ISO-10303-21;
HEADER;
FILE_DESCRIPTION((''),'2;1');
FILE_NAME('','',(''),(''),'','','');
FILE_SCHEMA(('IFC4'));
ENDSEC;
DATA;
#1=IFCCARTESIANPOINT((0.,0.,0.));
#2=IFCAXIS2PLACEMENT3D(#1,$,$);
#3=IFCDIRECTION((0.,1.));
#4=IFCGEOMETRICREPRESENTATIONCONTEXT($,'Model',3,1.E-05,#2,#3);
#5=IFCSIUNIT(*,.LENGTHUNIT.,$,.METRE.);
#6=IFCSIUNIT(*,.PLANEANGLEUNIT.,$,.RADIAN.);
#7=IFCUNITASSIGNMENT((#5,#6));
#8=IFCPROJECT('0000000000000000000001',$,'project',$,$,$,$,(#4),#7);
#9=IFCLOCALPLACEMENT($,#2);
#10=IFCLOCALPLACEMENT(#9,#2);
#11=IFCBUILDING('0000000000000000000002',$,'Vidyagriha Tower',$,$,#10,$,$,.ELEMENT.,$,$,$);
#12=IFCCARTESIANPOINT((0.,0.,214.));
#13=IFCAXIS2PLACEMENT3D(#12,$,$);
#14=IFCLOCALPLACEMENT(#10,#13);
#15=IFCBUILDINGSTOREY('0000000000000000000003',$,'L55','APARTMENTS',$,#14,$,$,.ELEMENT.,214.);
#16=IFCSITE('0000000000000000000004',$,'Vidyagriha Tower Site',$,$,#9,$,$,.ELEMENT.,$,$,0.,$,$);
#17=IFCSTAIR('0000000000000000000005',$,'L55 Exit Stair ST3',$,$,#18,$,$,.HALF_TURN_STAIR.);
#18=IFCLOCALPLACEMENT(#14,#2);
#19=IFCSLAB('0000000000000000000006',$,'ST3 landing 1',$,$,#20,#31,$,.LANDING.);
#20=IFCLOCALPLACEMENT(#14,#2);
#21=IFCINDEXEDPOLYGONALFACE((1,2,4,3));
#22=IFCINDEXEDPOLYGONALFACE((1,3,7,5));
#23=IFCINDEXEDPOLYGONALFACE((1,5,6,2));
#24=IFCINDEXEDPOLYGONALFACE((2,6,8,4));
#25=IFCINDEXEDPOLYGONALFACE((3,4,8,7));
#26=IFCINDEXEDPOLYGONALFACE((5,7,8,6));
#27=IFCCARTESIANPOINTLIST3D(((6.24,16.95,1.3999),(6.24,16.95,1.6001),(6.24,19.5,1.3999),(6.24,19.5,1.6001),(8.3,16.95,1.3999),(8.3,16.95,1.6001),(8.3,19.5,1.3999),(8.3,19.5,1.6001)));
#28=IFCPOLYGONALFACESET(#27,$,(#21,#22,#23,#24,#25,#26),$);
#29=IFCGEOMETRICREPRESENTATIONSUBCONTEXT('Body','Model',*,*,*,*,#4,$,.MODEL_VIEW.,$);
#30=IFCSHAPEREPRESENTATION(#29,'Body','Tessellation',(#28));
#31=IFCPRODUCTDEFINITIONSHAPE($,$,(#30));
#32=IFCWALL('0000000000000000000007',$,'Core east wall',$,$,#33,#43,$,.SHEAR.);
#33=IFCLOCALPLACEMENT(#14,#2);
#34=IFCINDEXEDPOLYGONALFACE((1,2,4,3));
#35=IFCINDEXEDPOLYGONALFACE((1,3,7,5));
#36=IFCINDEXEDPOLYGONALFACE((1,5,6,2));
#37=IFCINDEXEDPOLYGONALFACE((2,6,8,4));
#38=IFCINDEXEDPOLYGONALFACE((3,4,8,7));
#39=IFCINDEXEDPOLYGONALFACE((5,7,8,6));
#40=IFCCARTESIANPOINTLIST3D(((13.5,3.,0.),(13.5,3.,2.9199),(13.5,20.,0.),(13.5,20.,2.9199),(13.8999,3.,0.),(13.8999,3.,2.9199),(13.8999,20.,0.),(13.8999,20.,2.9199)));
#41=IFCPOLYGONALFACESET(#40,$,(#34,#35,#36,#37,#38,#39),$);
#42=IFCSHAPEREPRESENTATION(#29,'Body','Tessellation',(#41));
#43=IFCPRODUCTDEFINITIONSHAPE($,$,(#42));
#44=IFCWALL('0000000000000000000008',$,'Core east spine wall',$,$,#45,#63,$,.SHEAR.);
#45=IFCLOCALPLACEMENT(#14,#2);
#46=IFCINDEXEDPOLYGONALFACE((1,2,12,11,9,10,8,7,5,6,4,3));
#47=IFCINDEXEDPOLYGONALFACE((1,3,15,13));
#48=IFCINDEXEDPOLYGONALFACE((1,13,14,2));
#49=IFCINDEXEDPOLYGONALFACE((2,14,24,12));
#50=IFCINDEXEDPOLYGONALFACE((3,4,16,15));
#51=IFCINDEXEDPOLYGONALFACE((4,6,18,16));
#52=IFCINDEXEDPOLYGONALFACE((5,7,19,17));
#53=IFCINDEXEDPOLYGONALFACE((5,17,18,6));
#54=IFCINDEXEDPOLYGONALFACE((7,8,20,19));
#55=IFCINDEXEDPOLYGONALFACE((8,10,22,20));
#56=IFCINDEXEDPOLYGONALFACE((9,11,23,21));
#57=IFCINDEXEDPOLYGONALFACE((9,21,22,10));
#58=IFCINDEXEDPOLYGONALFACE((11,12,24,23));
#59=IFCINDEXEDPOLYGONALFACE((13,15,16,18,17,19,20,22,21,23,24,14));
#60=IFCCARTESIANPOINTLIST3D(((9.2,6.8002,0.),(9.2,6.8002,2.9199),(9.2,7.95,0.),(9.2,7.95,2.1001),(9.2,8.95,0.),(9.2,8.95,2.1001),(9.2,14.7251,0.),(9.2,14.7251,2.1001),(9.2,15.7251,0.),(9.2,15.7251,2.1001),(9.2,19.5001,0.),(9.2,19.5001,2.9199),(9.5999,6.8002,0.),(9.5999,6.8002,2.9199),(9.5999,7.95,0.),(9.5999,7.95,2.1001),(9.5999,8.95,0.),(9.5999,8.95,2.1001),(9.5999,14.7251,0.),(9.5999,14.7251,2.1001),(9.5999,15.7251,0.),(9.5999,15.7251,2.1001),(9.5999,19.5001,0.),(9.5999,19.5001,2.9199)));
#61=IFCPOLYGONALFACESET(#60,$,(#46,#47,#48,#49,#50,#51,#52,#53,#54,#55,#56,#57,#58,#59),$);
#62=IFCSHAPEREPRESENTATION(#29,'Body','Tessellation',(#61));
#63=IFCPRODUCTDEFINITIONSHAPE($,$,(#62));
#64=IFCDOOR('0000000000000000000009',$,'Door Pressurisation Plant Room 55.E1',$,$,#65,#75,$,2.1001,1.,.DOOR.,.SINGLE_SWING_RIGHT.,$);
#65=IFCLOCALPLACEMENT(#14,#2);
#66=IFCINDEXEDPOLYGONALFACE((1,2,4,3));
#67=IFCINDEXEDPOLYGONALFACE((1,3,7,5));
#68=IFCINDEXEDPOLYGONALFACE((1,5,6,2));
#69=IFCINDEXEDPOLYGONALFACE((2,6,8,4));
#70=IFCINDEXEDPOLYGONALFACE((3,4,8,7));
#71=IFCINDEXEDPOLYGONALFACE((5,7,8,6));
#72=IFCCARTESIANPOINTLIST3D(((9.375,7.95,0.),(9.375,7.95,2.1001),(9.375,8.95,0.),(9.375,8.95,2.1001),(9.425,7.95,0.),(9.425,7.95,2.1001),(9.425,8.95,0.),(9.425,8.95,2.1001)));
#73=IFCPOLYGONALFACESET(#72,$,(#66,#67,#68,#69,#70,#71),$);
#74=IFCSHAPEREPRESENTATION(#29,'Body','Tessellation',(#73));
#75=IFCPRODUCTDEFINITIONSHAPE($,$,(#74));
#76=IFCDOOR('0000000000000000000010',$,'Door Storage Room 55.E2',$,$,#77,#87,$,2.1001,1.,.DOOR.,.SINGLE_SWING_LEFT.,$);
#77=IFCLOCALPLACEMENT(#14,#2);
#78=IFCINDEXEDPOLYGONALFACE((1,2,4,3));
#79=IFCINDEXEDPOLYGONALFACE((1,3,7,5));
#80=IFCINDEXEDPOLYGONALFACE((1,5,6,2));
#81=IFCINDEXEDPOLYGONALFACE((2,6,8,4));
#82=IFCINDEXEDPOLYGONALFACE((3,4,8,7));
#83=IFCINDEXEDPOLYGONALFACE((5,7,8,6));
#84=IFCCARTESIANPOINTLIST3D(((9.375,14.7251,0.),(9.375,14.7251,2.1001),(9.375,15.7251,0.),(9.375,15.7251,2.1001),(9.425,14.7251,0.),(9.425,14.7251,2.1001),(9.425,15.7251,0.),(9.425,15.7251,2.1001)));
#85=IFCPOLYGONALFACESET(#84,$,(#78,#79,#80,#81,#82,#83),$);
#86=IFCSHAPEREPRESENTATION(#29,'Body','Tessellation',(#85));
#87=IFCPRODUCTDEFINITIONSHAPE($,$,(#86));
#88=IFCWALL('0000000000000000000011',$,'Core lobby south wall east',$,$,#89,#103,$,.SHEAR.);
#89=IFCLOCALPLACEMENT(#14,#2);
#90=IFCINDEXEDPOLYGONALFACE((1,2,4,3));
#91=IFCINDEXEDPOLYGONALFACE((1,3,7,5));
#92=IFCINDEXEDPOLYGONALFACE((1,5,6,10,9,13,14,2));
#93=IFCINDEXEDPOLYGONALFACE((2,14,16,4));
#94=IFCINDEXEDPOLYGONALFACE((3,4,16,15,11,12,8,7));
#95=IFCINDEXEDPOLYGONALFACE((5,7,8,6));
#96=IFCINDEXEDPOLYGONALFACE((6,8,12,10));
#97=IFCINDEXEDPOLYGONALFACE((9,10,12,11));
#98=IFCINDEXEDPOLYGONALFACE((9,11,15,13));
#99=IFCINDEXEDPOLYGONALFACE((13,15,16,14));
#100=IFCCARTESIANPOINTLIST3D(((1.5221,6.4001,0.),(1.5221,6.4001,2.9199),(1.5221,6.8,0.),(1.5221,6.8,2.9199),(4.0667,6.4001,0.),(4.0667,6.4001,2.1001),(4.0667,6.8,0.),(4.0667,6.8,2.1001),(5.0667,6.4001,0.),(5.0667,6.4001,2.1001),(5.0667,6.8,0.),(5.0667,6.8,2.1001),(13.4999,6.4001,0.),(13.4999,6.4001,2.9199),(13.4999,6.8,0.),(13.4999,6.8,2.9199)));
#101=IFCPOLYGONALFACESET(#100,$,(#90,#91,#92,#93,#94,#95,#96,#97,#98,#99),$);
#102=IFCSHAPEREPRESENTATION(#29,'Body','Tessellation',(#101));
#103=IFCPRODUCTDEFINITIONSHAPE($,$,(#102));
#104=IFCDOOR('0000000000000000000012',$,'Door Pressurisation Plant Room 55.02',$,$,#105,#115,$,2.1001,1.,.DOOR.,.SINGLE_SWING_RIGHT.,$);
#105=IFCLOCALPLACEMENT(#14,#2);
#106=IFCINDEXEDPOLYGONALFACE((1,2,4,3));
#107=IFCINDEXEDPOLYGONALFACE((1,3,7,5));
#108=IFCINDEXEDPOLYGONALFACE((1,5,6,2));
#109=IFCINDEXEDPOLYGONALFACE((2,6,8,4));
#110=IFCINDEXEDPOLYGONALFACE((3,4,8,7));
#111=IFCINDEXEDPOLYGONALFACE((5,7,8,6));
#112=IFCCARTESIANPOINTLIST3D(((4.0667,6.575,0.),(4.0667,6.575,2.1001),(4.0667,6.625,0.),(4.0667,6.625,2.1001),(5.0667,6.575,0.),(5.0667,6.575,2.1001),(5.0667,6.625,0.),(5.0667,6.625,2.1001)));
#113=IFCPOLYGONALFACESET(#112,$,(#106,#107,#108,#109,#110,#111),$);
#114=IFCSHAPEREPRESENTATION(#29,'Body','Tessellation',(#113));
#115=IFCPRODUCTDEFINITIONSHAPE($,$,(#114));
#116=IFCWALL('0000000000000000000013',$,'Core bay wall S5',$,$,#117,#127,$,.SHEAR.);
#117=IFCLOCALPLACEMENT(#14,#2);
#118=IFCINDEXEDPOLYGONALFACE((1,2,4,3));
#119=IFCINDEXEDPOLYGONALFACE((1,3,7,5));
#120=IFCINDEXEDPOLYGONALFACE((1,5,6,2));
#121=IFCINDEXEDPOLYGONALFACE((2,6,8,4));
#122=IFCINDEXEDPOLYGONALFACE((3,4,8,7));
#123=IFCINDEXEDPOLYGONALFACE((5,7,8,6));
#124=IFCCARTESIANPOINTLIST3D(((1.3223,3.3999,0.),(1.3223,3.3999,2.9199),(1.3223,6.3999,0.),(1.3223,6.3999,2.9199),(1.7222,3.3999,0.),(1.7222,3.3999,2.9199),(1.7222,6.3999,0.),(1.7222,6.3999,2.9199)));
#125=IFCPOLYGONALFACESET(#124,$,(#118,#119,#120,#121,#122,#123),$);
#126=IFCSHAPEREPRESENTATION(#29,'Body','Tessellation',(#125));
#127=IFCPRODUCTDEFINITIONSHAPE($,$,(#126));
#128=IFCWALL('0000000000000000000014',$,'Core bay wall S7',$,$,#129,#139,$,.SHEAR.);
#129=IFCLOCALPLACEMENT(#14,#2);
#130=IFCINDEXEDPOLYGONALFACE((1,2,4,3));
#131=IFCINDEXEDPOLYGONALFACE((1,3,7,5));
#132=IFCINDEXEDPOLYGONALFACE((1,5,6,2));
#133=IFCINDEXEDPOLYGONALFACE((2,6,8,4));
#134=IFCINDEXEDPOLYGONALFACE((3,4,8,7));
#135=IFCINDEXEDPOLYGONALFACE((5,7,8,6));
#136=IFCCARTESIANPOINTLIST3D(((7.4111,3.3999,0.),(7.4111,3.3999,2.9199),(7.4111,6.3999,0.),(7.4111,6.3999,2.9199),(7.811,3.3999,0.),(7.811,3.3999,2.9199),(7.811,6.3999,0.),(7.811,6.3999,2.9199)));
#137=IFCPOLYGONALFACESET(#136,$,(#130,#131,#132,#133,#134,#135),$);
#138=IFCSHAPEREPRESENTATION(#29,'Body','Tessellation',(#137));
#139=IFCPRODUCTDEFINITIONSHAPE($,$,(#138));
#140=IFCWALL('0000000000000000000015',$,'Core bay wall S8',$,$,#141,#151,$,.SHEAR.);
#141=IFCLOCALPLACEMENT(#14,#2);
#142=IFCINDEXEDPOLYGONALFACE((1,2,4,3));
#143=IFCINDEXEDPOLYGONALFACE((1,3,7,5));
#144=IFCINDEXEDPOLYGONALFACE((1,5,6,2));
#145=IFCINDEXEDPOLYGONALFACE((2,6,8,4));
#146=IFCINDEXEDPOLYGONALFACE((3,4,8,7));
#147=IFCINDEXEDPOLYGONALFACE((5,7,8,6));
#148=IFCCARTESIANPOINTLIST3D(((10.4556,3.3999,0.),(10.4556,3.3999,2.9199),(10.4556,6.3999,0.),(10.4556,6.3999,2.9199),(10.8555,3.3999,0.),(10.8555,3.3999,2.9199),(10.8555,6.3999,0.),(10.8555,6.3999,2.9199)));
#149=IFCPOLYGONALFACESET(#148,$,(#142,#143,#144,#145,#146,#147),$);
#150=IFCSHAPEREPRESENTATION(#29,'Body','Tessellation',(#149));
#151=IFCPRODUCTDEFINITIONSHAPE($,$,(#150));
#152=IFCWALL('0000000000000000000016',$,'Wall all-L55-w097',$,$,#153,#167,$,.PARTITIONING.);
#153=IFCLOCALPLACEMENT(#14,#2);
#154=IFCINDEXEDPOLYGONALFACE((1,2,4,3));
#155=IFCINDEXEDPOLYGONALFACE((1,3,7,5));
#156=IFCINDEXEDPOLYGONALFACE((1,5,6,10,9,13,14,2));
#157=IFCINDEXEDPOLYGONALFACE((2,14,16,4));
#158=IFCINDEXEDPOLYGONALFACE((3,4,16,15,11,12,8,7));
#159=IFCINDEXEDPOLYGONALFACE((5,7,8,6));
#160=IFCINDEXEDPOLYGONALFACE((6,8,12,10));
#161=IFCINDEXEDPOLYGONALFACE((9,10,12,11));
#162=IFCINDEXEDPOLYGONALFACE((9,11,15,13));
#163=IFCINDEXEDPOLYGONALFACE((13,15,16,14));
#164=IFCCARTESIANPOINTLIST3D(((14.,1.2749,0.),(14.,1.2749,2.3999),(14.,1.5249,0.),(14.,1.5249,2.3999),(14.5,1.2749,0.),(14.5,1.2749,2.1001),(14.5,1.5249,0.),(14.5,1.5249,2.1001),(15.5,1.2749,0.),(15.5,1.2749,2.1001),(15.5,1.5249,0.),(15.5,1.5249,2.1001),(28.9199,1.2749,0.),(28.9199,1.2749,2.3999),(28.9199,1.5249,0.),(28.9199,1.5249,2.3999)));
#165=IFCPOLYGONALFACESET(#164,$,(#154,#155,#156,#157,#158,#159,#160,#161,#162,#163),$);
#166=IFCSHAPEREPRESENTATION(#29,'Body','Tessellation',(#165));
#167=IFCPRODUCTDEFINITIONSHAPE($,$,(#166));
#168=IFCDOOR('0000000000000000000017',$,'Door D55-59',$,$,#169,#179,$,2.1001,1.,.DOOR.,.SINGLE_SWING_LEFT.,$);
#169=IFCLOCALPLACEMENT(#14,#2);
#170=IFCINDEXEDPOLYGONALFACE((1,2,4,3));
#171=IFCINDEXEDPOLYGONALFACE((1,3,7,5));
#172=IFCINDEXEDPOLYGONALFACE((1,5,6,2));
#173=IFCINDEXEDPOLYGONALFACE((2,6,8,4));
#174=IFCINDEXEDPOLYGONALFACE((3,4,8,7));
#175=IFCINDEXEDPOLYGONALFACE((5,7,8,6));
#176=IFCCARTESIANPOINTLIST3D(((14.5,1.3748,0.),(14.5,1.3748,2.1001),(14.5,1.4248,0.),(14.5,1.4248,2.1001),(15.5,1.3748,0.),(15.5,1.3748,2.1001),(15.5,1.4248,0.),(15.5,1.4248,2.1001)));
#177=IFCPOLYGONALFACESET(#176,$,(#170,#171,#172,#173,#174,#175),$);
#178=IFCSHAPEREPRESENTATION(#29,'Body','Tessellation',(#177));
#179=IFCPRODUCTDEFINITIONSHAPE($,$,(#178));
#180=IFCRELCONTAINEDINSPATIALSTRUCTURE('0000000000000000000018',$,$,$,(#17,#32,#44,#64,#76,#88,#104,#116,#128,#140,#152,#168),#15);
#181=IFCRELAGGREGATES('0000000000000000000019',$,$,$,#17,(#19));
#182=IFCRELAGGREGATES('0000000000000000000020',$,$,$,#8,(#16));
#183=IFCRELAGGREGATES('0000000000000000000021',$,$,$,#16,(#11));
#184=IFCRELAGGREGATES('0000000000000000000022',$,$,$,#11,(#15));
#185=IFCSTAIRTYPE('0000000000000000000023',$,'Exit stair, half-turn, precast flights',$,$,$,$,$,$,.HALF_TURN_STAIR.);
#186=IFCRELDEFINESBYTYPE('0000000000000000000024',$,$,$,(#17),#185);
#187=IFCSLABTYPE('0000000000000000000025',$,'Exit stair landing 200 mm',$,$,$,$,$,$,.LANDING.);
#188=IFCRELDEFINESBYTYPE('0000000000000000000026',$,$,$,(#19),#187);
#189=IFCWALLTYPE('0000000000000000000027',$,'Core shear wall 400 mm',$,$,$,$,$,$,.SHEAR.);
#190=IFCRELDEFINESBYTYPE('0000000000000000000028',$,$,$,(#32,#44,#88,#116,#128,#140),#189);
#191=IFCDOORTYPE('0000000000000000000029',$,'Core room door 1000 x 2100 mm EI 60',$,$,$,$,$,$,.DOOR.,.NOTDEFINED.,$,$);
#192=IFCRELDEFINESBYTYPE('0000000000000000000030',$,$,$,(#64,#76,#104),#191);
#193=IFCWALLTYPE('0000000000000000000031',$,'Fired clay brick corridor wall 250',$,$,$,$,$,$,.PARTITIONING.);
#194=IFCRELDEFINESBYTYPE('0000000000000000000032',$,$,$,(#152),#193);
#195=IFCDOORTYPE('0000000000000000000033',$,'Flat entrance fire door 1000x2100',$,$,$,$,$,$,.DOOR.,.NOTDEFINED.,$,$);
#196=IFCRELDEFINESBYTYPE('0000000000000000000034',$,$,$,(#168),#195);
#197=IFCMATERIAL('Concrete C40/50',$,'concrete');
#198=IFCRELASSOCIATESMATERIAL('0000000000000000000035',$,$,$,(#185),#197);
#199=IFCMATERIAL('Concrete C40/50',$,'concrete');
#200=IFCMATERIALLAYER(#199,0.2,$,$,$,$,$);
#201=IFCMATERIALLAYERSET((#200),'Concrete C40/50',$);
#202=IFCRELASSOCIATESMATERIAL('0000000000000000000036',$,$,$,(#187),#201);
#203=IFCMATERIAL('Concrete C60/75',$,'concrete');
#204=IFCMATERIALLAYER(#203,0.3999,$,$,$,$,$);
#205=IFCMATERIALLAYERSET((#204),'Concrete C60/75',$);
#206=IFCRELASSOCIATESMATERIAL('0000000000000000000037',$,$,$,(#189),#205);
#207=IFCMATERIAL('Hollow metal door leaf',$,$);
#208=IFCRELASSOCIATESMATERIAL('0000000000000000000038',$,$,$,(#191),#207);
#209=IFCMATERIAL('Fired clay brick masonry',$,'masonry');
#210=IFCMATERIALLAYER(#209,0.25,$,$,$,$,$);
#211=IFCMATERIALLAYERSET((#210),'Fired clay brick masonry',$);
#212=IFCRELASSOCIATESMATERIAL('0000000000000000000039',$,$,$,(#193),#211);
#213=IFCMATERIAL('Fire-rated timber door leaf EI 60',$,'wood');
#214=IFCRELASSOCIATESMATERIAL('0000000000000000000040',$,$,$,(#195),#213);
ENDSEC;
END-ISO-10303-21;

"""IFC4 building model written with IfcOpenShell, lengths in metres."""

from ifc_helpers import new_model, si_unit, direction, frame, frame_2d, origin, place, context, subcontext, project, spatial, polyline, rectangle, outline, extrude, material, layer, layer_set, type_object, element, fill, aggregate, save


model = new_model("IFC4")

# Units and contexts
model_context = context("Model", 3, precision=1e-05, world=origin(), true_north=direction((0.0, 1.0)))
body_context = subcontext(model_context, "Body", "Model", "MODEL_VIEW")
ifc_project = project(units=[si_unit("LENGTHUNIT", "METRE"), si_unit("PLANEANGLEUNIT", "RADIAN")], contexts=[model_context])

# Site, building, storey
site_placement = place(None, origin())
site = spatial("IfcSite", under=ifc_project, at=site_placement, Name="Vidyagriha Tower Site", CompositionType="ELEMENT", RefElevation=0.0)
building_placement = place(site_placement, origin())
building = spatial("IfcBuilding", under=site, at=building_placement, Name="Vidyagriha Tower", CompositionType="ELEMENT")
storey_placement = place(building_placement, frame((0.0, 0.0, 214.0)))
storey = spatial("IfcBuildingStorey", under=building, at=storey_placement, Name="L55", Description="APARTMENTS", CompositionType="ELEMENT", Elevation=214.0)

# Stair, slab
ifc_material_1 = material(Name="Concrete C40/50", Category="concrete")
stair_type = type_object("IfcStairType", Name="Exit stair, half-turn, precast flights", PredefinedType="HALF_TURN_STAIR", material=ifc_material_1)
stair_placement = place(storey_placement, origin())
stair = element("IfcStair", 1, at=stair_placement, inside=storey, type_object=stair_type, Name="L55 Exit Stair ST3", PredefinedType="HALF_TURN_STAIR")
ifc_material_2 = material(Name="Concrete C40/50", Category="concrete")
ifc_layer_1 = layer(ifc_material_2, 0.2)
ifc_layer_set_1 = layer_set([ifc_layer_1], Name="Concrete C40/50")
slab_type = type_object("IfcSlabType", Name="Exit stair landing 200 mm", PredefinedType="LANDING", material=ifc_layer_set_1)
slab_placement = place(storey_placement, frame((0.0, 0.0, 1.3999)))
slab = element("IfcSlab", 2, at=slab_placement, type_object=slab_type, Name="ST3 landing 1", PredefinedType="LANDING", context=body_context, shape_type="SweptSolid", body=[
    extrude(outline(polyline([(6.24, 16.95), (8.3, 16.95), (8.3, 19.5), (6.24, 19.5), (6.24, 16.95)])), origin(), (0.0, 0.0, 1.0), 0.2002),
])
aggregate(stair, [slab])

# Wall
ifc_material_3 = material(Name="Concrete C60/75", Category="concrete")
ifc_layer_2 = layer(ifc_material_3, 0.3999)
ifc_layer_set_2 = layer_set([ifc_layer_2], Name="Concrete C60/75")
wall_type_1 = type_object("IfcWallType", Name="Core shear wall 400 mm", PredefinedType="SHEAR", material=ifc_layer_set_2)
wall_1_placement = place(storey_placement, frame((13.7, 3.0, 0.0), z_axis=(0.0, 0.0, 1.0), x_axis=(0.0, 1.0, 0.0)))
element("IfcWall", 3, at=wall_1_placement, inside=storey, type_object=wall_type_1, Name="Core east wall", PredefinedType="SHEAR", context=body_context, shape_type="SweptSolid", body=[
    extrude(rectangle(XDim=17.0, YDim=0.3999, at=frame_2d((8.5, 0.0))), origin(), (0.0, 0.0, 1.0), 2.9199),
])

# Wall, openings, doors
wall_2_placement = place(storey_placement, frame((9.3999, 6.8, 0.0), z_axis=(0.0, 0.0, 1.0), x_axis=(0.0, 1.0, 0.0)))
wall_2 = element("IfcWall", 4, at=wall_2_placement, inside=storey, type_object=wall_type_1, Name="Core east spine wall", PredefinedType="SHEAR", context=body_context, shape_type="SweptSolid", body=[
    extrude(rectangle(XDim=12.7, YDim=0.3999, at=frame_2d((6.3501, 0.0))), origin(), (0.0, 0.0, 1.0), 2.9199),
])
opening_1_placement = place(wall_2_placement, frame((1.1499, 0.0, 0.0)))
opening_1 = element("IfcOpeningElement", 5, at=opening_1_placement, cuts=wall_2, PredefinedType="OPENING", context=body_context, shape_type="SweptSolid", body=[
    extrude(rectangle(XDim=1.0, YDim=2.1001, at=frame_2d((0.5, 1.05))), frame((0.0, 0.21, 0.0), z_axis=(0.0, -1.0, 0.0), x_axis=(1.0, 0.0, 0.0)), (0.0, 0.0, 1.0), 0.4199),
])
opening_2_placement = place(wall_2_placement, frame((7.925, 0.0, 0.0)))
opening_2 = element("IfcOpeningElement", 6, at=opening_2_placement, cuts=wall_2, PredefinedType="OPENING", context=body_context, shape_type="SweptSolid", body=[
    extrude(rectangle(XDim=1.0, YDim=2.1001, at=frame_2d((0.5, 1.05))), frame((0.0, 0.21, 0.0), z_axis=(0.0, -1.0, 0.0), x_axis=(1.0, 0.0, 0.0)), (0.0, 0.0, 1.0), 0.4199),
])
ifc_material_4 = material(Name="Hollow metal door leaf")
door_type_1 = type_object("IfcDoorType", Name="Core room door 1000 x 2100 mm EI 60", OperationType="NOTDEFINED", PredefinedType="DOOR", material=ifc_material_4)
door_1_placement = place(opening_1_placement, origin())
door_1 = element("IfcDoor", 7, at=door_1_placement, inside=storey, type_object=door_type_1, Name="Door Pressurisation Plant Room 55.E1", OperationType="SINGLE_SWING_RIGHT", OverallHeight=2.1001, OverallWidth=1.0, PredefinedType="DOOR", context=body_context, shape_type="SweptSolid", body=[
    extrude(rectangle(XDim=1.0, YDim=2.1001, at=frame_2d((0.5, 1.05))), frame((0.0, 0.0249, 0.0), z_axis=(0.0, -1.0, 0.0), x_axis=(1.0, 0.0, 0.0)), (0.0, 0.0, 1.0), 0.05),
])
fill(opening_1, door_1)
door_2_placement = place(opening_2_placement, origin())
door_2 = element("IfcDoor", 8, at=door_2_placement, inside=storey, type_object=door_type_1, Name="Door Storage Room 55.E2", OperationType="SINGLE_SWING_LEFT", OverallHeight=2.1001, OverallWidth=1.0, PredefinedType="DOOR", context=body_context, shape_type="SweptSolid", body=[
    extrude(rectangle(XDim=1.0, YDim=2.1001, at=frame_2d((0.5, 1.05))), frame((0.0, 0.0249, 0.0), z_axis=(0.0, -1.0, 0.0), x_axis=(1.0, 0.0, 0.0)), (0.0, 0.0, 1.0), 0.05),
])
fill(opening_2, door_2)

# Wall, opening, door
wall_3_placement = place(storey_placement, frame((1.5222, 6.6001, 0.0)))
wall_3 = element("IfcWall", 9, at=wall_3_placement, inside=storey, type_object=wall_type_1, Name="Core lobby south wall east", PredefinedType="SHEAR", context=body_context, shape_type="SweptSolid", body=[
    extrude(rectangle(XDim=11.9778, YDim=0.3999, at=frame_2d((5.9888, 0.0))), origin(), (0.0, 0.0, 1.0), 2.9199),
])
opening_3_placement = place(wall_3_placement, frame((2.5444, 0.0, 0.0)))
opening_3 = element("IfcOpeningElement", 10, at=opening_3_placement, cuts=wall_3, PredefinedType="OPENING", context=body_context, shape_type="SweptSolid", body=[
    extrude(rectangle(XDim=1.0, YDim=2.1001, at=frame_2d((0.5, 1.05))), frame((0.0, 0.21, 0.0), z_axis=(0.0, -1.0, 0.0), x_axis=(1.0, 0.0, 0.0)), (0.0, 0.0, 1.0), 0.4199),
])
door_3_placement = place(opening_3_placement, origin())
door_3 = element("IfcDoor", 11, at=door_3_placement, inside=storey, type_object=door_type_1, Name="Door Pressurisation Plant Room 55.02", OperationType="SINGLE_SWING_RIGHT", OverallHeight=2.1001, OverallWidth=1.0, PredefinedType="DOOR", context=body_context, shape_type="SweptSolid", body=[
    extrude(rectangle(XDim=1.0, YDim=2.1001, at=frame_2d((0.5, 1.05))), frame((0.0, 0.0249, 0.0), z_axis=(0.0, -1.0, 0.0), x_axis=(1.0, 0.0, 0.0)), (0.0, 0.0, 1.0), 0.05),
])
fill(opening_3, door_3)

# Walls
for number, where, z_axis, x_axis, name in (
    (12, (1.5222, 3.3999, 0.0), (0.0, 0.0, 1.0), (0.0, 1.0, 0.0), "Core bay wall S5"),
    (13, (7.6111, 3.3999, 0.0), (0.0, 0.0, 1.0), (0.0, 1.0, 0.0), "Core bay wall S7"),
    (14, (10.6555, 3.3999, 0.0), (0.0, 0.0, 1.0), (0.0, 1.0, 0.0), "Core bay wall S8"),
):
    element("IfcWall", number, at=place(storey_placement, frame(where, z_axis=z_axis, x_axis=x_axis)), inside=storey, type_object=wall_type_1, Name=name, PredefinedType="SHEAR", context=body_context, shape_type="SweptSolid", body=[
        extrude(rectangle(XDim=3.0, YDim=0.3999, at=frame_2d((1.5, 0.0))), origin(), (0.0, 0.0, 1.0), 2.9199),
    ])

# Wall, opening, door
ifc_material_5 = material(Name="Fired clay brick masonry", Category="masonry")
ifc_layer_3 = layer(ifc_material_5, 0.25)
ifc_layer_set_3 = layer_set([ifc_layer_3], Name="Fired clay brick masonry")
wall_type_2 = type_object("IfcWallType", Name="Fired clay brick corridor wall 250", PredefinedType="PARTITIONING", material=ifc_layer_set_3)
wall_4_placement = place(storey_placement, frame((14.0, 1.3999, 0.0)))
wall_4 = element("IfcWall", 15, at=wall_4_placement, inside=storey, type_object=wall_type_2, Name="Wall all-L55-w097", PredefinedType="PARTITIONING", context=body_context, shape_type="SweptSolid", body=[
    extrude(rectangle(XDim=14.9199, YDim=0.25, at=frame_2d((7.46, 0.0))), origin(), (0.0, 0.0, 1.0), 2.3999),
])
opening_4_placement = place(wall_4_placement, frame((0.5, 0.0, 0.0)))
opening_4 = element("IfcOpeningElement", 16, at=opening_4_placement, cuts=wall_4, PredefinedType="OPENING", context=body_context, shape_type="SweptSolid", body=[
    extrude(rectangle(XDim=1.0, YDim=2.1001, at=frame_2d((0.5, 1.05))), frame((0.0, 0.135, 0.0), z_axis=(0.0, -1.0, 0.0), x_axis=(1.0, 0.0, 0.0)), (0.0, 0.0, 1.0), 0.27),
])
ifc_material_6 = material(Name="Fire-rated timber door leaf EI 60", Category="wood")
door_type_2 = type_object("IfcDoorType", Name="Flat entrance fire door 1000x2100", OperationType="NOTDEFINED", PredefinedType="DOOR", material=ifc_material_6)
door_4_placement = place(opening_4_placement, origin())
door_4 = element("IfcDoor", 17, at=door_4_placement, inside=storey, type_object=door_type_2, Name="Door D55-59", OperationType="SINGLE_SWING_LEFT", OverallHeight=2.1001, OverallWidth=1.0, PredefinedType="DOOR", context=body_context, shape_type="SweptSolid", body=[
    extrude(rectangle(XDim=1.0, YDim=2.1001, at=frame_2d((0.5, 1.05))), frame((0.0, 0.0249, 0.0), z_axis=(0.0, -1.0, 0.0), x_axis=(1.0, 0.0, 0.0)), (0.0, 0.0, 1.0), 0.05),
])
fill(opening_4, door_4)

save(model, "model.ifc")
